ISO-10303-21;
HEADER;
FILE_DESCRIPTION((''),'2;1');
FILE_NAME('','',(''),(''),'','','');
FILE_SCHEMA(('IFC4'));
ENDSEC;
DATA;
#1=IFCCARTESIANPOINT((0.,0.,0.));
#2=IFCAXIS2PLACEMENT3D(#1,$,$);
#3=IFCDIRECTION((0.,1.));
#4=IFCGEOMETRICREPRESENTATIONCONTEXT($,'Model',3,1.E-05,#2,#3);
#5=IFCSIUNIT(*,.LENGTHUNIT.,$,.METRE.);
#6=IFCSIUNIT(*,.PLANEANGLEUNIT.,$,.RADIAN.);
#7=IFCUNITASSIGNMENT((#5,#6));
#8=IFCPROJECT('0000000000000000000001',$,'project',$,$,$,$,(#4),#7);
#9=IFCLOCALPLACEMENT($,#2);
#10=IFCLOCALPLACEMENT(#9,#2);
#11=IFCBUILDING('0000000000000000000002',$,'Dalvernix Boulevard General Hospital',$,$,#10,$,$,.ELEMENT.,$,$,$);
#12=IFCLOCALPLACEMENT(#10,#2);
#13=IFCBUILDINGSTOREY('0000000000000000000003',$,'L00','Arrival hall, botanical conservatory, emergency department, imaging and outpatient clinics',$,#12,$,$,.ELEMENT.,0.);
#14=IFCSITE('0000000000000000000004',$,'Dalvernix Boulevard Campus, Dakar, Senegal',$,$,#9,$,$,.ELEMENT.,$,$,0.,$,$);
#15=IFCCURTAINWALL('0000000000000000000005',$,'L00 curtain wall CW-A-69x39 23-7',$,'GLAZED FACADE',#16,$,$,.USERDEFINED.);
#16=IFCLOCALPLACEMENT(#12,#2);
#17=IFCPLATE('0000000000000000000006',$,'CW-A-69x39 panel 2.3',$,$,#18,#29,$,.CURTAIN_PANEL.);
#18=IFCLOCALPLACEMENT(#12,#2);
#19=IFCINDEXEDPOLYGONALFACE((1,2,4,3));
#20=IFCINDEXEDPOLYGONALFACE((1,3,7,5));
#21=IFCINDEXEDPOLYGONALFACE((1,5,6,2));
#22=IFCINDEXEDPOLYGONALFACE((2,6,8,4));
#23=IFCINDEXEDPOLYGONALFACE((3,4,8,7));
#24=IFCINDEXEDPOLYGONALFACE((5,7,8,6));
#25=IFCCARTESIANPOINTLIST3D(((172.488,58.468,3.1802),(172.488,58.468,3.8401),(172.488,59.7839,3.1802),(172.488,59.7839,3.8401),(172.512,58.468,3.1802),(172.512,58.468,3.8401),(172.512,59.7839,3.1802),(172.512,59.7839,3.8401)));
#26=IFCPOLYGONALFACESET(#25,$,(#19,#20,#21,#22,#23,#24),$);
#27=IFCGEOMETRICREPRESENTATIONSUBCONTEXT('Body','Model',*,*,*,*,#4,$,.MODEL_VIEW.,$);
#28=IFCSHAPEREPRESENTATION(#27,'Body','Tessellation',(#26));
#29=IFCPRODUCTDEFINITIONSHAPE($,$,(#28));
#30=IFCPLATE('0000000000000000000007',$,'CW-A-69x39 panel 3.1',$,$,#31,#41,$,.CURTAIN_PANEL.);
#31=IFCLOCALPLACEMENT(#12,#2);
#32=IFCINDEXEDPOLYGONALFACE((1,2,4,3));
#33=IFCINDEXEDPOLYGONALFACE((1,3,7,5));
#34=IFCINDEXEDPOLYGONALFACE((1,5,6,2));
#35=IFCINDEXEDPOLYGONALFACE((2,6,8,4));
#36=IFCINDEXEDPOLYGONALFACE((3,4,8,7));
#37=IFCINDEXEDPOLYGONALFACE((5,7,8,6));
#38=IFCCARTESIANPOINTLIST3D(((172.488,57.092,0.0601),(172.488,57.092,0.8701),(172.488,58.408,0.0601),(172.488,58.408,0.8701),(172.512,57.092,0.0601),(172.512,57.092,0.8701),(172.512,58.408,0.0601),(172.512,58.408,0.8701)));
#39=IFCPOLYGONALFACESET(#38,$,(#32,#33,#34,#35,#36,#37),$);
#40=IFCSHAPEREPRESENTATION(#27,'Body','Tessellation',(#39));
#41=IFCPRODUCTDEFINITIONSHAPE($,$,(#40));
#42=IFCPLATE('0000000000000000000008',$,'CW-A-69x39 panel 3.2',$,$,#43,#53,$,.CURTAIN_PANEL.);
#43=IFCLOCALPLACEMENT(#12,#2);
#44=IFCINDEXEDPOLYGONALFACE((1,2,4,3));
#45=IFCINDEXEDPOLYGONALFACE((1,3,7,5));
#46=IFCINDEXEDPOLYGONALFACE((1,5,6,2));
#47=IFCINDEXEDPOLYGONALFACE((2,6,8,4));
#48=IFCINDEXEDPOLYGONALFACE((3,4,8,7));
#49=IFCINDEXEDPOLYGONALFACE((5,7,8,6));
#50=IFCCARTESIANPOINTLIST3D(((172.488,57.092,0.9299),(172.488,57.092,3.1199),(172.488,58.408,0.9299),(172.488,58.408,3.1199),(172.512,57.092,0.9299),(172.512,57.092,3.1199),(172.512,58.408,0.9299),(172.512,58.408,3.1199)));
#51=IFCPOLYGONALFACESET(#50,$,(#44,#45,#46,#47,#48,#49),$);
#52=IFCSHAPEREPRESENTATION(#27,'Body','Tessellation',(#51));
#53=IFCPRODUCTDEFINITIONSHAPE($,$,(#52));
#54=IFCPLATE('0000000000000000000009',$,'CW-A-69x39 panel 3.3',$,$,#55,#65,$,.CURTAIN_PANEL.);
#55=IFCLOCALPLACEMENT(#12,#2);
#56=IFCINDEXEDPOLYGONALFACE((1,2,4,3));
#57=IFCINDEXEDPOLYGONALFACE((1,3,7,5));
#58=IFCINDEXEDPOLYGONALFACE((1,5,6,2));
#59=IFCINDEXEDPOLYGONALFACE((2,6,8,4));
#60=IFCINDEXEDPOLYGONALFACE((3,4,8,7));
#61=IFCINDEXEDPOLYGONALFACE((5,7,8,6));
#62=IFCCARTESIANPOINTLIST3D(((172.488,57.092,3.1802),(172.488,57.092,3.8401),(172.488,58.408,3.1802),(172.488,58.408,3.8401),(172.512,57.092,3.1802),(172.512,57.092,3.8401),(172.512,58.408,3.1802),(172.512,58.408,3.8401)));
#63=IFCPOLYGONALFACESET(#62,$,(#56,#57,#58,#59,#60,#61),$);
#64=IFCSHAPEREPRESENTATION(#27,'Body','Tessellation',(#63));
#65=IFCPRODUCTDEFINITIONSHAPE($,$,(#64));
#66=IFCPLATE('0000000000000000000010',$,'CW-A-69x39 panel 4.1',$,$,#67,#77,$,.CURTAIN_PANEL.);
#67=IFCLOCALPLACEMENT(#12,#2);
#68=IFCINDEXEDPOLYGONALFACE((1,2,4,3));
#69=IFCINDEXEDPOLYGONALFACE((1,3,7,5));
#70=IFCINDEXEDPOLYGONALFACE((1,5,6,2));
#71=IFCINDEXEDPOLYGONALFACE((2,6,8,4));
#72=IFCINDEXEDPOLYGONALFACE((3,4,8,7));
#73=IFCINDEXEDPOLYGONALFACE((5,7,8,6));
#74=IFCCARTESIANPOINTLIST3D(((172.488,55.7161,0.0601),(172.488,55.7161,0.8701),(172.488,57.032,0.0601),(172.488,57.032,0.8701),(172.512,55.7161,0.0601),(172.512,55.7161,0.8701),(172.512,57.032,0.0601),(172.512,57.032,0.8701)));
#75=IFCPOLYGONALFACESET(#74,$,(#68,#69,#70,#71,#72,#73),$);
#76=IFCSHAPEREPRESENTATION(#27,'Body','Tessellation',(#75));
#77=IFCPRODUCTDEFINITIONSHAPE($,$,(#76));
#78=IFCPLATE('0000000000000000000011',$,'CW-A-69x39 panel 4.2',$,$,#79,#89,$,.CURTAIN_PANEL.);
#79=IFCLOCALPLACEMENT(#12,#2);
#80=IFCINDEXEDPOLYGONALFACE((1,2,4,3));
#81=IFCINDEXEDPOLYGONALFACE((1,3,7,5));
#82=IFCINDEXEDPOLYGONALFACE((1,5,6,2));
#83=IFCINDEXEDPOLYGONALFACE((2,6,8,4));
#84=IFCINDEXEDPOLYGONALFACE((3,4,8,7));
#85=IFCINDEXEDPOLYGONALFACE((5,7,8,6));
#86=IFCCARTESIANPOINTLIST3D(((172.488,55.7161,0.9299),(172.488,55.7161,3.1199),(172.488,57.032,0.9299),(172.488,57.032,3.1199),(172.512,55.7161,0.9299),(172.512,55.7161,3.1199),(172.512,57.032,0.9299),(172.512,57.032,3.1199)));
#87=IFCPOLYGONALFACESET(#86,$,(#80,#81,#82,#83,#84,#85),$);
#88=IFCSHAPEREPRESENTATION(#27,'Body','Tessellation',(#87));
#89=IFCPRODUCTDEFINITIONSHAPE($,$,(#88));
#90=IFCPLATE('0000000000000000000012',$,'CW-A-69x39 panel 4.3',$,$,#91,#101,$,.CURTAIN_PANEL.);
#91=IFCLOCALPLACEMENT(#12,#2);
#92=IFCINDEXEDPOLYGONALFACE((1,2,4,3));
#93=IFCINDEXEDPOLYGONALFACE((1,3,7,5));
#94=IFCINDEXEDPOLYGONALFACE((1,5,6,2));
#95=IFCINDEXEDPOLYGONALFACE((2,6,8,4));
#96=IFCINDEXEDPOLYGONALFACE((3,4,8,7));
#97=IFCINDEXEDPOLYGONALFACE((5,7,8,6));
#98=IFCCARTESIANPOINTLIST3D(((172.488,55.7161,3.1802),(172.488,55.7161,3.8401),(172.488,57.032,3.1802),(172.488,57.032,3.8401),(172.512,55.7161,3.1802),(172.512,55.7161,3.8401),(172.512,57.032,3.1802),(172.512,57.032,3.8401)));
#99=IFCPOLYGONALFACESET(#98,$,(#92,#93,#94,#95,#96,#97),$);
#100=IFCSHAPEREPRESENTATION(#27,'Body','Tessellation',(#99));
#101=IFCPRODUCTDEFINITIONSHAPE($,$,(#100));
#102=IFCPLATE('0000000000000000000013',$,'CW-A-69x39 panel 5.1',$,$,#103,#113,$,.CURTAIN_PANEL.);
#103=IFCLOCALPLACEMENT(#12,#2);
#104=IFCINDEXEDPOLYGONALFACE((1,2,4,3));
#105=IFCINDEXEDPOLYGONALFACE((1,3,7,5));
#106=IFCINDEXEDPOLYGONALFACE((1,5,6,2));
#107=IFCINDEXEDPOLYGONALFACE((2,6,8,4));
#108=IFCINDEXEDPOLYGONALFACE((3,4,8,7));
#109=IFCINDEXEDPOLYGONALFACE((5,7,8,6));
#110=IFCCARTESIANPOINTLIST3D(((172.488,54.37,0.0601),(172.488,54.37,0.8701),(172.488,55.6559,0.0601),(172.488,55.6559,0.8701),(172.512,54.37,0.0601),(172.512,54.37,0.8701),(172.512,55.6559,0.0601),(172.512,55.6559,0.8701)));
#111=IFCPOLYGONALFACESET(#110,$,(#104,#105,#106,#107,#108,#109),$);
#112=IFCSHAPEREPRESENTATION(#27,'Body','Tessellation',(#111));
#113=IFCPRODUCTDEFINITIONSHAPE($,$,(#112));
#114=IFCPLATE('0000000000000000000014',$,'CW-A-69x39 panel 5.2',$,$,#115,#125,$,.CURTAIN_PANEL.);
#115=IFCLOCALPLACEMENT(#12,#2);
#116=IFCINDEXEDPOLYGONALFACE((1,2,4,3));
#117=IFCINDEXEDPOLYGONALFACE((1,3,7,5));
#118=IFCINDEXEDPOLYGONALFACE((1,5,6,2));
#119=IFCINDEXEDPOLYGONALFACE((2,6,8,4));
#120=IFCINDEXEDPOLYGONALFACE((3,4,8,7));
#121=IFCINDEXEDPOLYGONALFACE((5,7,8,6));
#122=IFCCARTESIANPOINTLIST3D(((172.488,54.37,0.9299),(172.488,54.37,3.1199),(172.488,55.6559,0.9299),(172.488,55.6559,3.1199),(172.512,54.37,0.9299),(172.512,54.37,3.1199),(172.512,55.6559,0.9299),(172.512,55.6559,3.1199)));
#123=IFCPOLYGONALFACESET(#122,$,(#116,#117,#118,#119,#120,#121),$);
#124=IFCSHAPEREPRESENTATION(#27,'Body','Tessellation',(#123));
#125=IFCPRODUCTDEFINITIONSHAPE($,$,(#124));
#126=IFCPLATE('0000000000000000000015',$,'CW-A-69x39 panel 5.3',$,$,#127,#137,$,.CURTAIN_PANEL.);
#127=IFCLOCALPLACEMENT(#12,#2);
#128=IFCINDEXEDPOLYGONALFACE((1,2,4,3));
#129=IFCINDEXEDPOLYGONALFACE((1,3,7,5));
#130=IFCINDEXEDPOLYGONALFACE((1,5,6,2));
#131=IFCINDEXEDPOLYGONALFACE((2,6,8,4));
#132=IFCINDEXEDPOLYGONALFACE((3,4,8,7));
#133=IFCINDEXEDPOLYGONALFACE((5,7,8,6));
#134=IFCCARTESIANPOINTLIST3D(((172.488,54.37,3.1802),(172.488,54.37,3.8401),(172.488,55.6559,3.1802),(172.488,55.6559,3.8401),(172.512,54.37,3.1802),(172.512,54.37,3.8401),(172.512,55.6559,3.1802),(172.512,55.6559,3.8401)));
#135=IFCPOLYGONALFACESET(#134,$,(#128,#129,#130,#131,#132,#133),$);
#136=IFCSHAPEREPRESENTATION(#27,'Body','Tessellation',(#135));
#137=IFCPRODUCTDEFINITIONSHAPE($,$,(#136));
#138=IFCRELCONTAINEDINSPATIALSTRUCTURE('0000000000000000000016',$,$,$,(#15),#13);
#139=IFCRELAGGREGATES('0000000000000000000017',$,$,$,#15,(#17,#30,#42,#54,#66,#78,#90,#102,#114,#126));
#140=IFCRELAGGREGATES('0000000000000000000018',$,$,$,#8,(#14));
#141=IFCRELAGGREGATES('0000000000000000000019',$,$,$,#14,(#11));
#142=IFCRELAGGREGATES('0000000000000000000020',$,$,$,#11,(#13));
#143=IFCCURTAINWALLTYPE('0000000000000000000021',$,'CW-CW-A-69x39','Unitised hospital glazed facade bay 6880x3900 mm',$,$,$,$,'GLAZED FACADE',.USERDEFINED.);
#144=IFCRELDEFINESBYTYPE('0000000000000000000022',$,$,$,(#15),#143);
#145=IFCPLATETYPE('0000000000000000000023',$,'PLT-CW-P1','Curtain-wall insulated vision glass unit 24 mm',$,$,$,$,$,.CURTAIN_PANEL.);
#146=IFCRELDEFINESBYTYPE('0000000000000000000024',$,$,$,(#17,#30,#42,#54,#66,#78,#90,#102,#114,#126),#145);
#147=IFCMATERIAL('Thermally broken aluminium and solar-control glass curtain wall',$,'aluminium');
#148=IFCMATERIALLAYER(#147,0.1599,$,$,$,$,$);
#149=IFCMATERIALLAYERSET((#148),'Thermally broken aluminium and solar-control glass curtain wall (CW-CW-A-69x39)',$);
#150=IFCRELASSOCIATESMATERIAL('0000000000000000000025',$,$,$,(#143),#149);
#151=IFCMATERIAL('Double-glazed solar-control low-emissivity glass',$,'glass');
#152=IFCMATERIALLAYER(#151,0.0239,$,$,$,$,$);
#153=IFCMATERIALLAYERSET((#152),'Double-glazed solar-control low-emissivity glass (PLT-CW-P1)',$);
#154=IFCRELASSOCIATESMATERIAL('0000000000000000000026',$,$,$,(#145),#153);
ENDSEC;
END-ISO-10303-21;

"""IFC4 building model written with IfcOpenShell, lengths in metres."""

from ifc_helpers import new_model, si_unit, direction, frame, origin, origin_2d, place, context, subcontext, project, spatial, rectangle, extrude, material, layer, layer_set, type_object, element, aggregate, save


model = new_model("IFC4")

# Units and contexts
model_context = context("Model", 3, precision=1e-05, world=origin(), true_north=direction((0.0, 1.0)))
body_context = subcontext(model_context, "Body", "Model", "MODEL_VIEW")
ifc_project = project(units=[si_unit("LENGTHUNIT", "METRE"), si_unit("PLANEANGLEUNIT", "RADIAN")], contexts=[model_context])

# Site, building, storey
site_placement = place(None, origin())
site = spatial("IfcSite", under=ifc_project, at=site_placement, Name="Dalvernix Boulevard Campus, Dakar, Senegal", CompositionType="ELEMENT", RefElevation=0.0)
building_placement = place(site_placement, origin())
building = spatial("IfcBuilding", under=site, at=building_placement, Name="Dalvernix Boulevard General Hospital", CompositionType="ELEMENT")
storey_placement = place(building_placement, origin())
storey = spatial("IfcBuildingStorey", under=building, at=storey_placement, Name="L00", Description="Arrival hall, botanical conservatory, emergency department, imaging and outpatient clinics", CompositionType="ELEMENT", Elevation=0.0)

# Curtain wall, plates
ifc_material_1 = material(Name="Thermally broken aluminium and solar-control glass curtain wall", Category="aluminium")
ifc_layer_1 = layer(ifc_material_1, 0.1599)
ifc_layer_set_1 = layer_set([ifc_layer_1], Name="Thermally broken aluminium and solar-control glass curtain wall (CW-CW-A-69x39)")
curtain_wall_type = type_object("IfcCurtainWallType", Name="CW-CW-A-69x39", Description="Unitised hospital glazed facade bay 6880x3900 mm", ElementType="GLAZED FACADE", PredefinedType="USERDEFINED", material=ifc_layer_set_1)
curtain_wall_placement = place(storey_placement, origin())
curtain_wall = element("IfcCurtainWall", 1, at=curtain_wall_placement, inside=storey, type_object=curtain_wall_type, Name="L00 curtain wall CW-A-69x39 23-7", ObjectType="GLAZED FACADE", PredefinedType="USERDEFINED")
ifc_material_2 = material(Name="Double-glazed solar-control low-emissivity glass", Category="glass")
ifc_layer_2 = layer(ifc_material_2, 0.0239)
ifc_layer_set_2 = layer_set([ifc_layer_2], Name="Double-glazed solar-control low-emissivity glass (PLT-CW-P1)")
plate_type = type_object("IfcPlateType", Name="PLT-CW-P1", Description="Curtain-wall insulated vision glass unit 24 mm", PredefinedType="CURTAIN_PANEL", material=ifc_layer_set_2)
plate_1_placement = place(storey_placement, frame((172.5, 59.126, 3.1802), z_axis=(0.0, 0.0, 1.0), x_axis=(0.0, -1.0, 0.0)))
plate_1 = element("IfcPlate", 2, at=plate_1_placement, type_object=plate_type, Name="CW-A-69x39 panel 2.3", PredefinedType="CURTAIN_PANEL", context=body_context, shape_type="SweptSolid", body=[
    extrude(rectangle(XDim=1.3159, YDim=0.0239, at=origin_2d()), origin(), (0.0, 0.0, 1.0), 0.6599),
])
plate_2_placement = place(storey_placement, frame((172.5, 57.75, 0.0601), z_axis=(0.0, 0.0, 1.0), x_axis=(0.0, -1.0, 0.0)))
plate_2 = element("IfcPlate", 3, at=plate_2_placement, type_object=plate_type, Name="CW-A-69x39 panel 3.1", PredefinedType="CURTAIN_PANEL", context=body_context, shape_type="SweptSolid", body=[
    extrude(rectangle(XDim=1.3159, YDim=0.0239, at=origin_2d()), origin(), (0.0, 0.0, 1.0), 0.8101),
])
plate_3_placement = place(storey_placement, frame((172.5, 57.75, 0.9299), z_axis=(0.0, 0.0, 1.0), x_axis=(0.0, -1.0, 0.0)))
plate_3 = element("IfcPlate", 4, at=plate_3_placement, type_object=plate_type, Name="CW-A-69x39 panel 3.2", PredefinedType="CURTAIN_PANEL", context=body_context, shape_type="SweptSolid", body=[
    extrude(rectangle(XDim=1.3159, YDim=0.0239, at=origin_2d()), origin(), (0.0, 0.0, 1.0), 2.1899),
])
plate_4_placement = place(storey_placement, frame((172.5, 57.75, 3.1802), z_axis=(0.0, 0.0, 1.0), x_axis=(0.0, -1.0, 0.0)))
plate_4 = element("IfcPlate", 5, at=plate_4_placement, type_object=plate_type, Name="CW-A-69x39 panel 3.3", PredefinedType="CURTAIN_PANEL", context=body_context, shape_type="SweptSolid", body=[
    extrude(rectangle(XDim=1.3159, YDim=0.0239, at=origin_2d()), origin(), (0.0, 0.0, 1.0), 0.6599),
])
plate_5_placement = place(storey_placement, frame((172.5, 56.374, 0.0601), z_axis=(0.0, 0.0, 1.0), x_axis=(0.0, -1.0, 0.0)))
plate_5 = element("IfcPlate", 6, at=plate_5_placement, type_object=plate_type, Name="CW-A-69x39 panel 4.1", PredefinedType="CURTAIN_PANEL", context=body_context, shape_type="SweptSolid", body=[
    extrude(rectangle(XDim=1.3159, YDim=0.0239, at=origin_2d()), origin(), (0.0, 0.0, 1.0), 0.8101),
])
plate_6_placement = place(storey_placement, frame((172.5, 56.374, 0.9299), z_axis=(0.0, 0.0, 1.0), x_axis=(0.0, -1.0, 0.0)))
plate_6 = element("IfcPlate", 7, at=plate_6_placement, type_object=plate_type, Name="CW-A-69x39 panel 4.2", PredefinedType="CURTAIN_PANEL", context=body_context, shape_type="SweptSolid", body=[
    extrude(rectangle(XDim=1.3159, YDim=0.0239, at=origin_2d()), origin(), (0.0, 0.0, 1.0), 2.1899),
])
plate_7_placement = place(storey_placement, frame((172.5, 56.374, 3.1802), z_axis=(0.0, 0.0, 1.0), x_axis=(0.0, -1.0, 0.0)))
plate_7 = element("IfcPlate", 8, at=plate_7_placement, type_object=plate_type, Name="CW-A-69x39 panel 4.3", PredefinedType="CURTAIN_PANEL", context=body_context, shape_type="SweptSolid", body=[
    extrude(rectangle(XDim=1.3159, YDim=0.0239, at=origin_2d()), origin(), (0.0, 0.0, 1.0), 0.6599),
])
plate_8_placement = place(storey_placement, frame((172.5, 55.0129, 0.0601), z_axis=(0.0, 0.0, 1.0), x_axis=(0.0, -1.0, 0.0)))
plate_8 = element("IfcPlate", 9, at=plate_8_placement, type_object=plate_type, Name="CW-A-69x39 panel 5.1", PredefinedType="CURTAIN_PANEL", context=body_context, shape_type="SweptSolid", body=[
    extrude(rectangle(XDim=1.2859, YDim=0.0239, at=origin_2d()), origin(), (0.0, 0.0, 1.0), 0.8101),
])
plate_9_placement = place(storey_placement, frame((172.5, 55.0129, 0.9299), z_axis=(0.0, 0.0, 1.0), x_axis=(0.0, -1.0, 0.0)))
plate_9 = element("IfcPlate", 10, at=plate_9_placement, type_object=plate_type, Name="CW-A-69x39 panel 5.2", PredefinedType="CURTAIN_PANEL", context=body_context, shape_type="SweptSolid", body=[
    extrude(rectangle(XDim=1.2859, YDim=0.0239, at=origin_2d()), origin(), (0.0, 0.0, 1.0), 2.1899),
])
plate_10_placement = place(storey_placement, frame((172.5, 55.0129, 3.1802), z_axis=(0.0, 0.0, 1.0), x_axis=(0.0, -1.0, 0.0)))
plate_10 = element("IfcPlate", 11, at=plate_10_placement, type_object=plate_type, Name="CW-A-69x39 panel 5.3", PredefinedType="CURTAIN_PANEL", context=body_context, shape_type="SweptSolid", body=[
    extrude(rectangle(XDim=1.2859, YDim=0.0239, at=origin_2d()), origin(), (0.0, 0.0, 1.0), 0.6599),
])
aggregate(curtain_wall, [plate_1, plate_2, plate_3, plate_4, plate_5, plate_6, plate_7, plate_8, plate_9, plate_10])

save(model, "model.ifc")
